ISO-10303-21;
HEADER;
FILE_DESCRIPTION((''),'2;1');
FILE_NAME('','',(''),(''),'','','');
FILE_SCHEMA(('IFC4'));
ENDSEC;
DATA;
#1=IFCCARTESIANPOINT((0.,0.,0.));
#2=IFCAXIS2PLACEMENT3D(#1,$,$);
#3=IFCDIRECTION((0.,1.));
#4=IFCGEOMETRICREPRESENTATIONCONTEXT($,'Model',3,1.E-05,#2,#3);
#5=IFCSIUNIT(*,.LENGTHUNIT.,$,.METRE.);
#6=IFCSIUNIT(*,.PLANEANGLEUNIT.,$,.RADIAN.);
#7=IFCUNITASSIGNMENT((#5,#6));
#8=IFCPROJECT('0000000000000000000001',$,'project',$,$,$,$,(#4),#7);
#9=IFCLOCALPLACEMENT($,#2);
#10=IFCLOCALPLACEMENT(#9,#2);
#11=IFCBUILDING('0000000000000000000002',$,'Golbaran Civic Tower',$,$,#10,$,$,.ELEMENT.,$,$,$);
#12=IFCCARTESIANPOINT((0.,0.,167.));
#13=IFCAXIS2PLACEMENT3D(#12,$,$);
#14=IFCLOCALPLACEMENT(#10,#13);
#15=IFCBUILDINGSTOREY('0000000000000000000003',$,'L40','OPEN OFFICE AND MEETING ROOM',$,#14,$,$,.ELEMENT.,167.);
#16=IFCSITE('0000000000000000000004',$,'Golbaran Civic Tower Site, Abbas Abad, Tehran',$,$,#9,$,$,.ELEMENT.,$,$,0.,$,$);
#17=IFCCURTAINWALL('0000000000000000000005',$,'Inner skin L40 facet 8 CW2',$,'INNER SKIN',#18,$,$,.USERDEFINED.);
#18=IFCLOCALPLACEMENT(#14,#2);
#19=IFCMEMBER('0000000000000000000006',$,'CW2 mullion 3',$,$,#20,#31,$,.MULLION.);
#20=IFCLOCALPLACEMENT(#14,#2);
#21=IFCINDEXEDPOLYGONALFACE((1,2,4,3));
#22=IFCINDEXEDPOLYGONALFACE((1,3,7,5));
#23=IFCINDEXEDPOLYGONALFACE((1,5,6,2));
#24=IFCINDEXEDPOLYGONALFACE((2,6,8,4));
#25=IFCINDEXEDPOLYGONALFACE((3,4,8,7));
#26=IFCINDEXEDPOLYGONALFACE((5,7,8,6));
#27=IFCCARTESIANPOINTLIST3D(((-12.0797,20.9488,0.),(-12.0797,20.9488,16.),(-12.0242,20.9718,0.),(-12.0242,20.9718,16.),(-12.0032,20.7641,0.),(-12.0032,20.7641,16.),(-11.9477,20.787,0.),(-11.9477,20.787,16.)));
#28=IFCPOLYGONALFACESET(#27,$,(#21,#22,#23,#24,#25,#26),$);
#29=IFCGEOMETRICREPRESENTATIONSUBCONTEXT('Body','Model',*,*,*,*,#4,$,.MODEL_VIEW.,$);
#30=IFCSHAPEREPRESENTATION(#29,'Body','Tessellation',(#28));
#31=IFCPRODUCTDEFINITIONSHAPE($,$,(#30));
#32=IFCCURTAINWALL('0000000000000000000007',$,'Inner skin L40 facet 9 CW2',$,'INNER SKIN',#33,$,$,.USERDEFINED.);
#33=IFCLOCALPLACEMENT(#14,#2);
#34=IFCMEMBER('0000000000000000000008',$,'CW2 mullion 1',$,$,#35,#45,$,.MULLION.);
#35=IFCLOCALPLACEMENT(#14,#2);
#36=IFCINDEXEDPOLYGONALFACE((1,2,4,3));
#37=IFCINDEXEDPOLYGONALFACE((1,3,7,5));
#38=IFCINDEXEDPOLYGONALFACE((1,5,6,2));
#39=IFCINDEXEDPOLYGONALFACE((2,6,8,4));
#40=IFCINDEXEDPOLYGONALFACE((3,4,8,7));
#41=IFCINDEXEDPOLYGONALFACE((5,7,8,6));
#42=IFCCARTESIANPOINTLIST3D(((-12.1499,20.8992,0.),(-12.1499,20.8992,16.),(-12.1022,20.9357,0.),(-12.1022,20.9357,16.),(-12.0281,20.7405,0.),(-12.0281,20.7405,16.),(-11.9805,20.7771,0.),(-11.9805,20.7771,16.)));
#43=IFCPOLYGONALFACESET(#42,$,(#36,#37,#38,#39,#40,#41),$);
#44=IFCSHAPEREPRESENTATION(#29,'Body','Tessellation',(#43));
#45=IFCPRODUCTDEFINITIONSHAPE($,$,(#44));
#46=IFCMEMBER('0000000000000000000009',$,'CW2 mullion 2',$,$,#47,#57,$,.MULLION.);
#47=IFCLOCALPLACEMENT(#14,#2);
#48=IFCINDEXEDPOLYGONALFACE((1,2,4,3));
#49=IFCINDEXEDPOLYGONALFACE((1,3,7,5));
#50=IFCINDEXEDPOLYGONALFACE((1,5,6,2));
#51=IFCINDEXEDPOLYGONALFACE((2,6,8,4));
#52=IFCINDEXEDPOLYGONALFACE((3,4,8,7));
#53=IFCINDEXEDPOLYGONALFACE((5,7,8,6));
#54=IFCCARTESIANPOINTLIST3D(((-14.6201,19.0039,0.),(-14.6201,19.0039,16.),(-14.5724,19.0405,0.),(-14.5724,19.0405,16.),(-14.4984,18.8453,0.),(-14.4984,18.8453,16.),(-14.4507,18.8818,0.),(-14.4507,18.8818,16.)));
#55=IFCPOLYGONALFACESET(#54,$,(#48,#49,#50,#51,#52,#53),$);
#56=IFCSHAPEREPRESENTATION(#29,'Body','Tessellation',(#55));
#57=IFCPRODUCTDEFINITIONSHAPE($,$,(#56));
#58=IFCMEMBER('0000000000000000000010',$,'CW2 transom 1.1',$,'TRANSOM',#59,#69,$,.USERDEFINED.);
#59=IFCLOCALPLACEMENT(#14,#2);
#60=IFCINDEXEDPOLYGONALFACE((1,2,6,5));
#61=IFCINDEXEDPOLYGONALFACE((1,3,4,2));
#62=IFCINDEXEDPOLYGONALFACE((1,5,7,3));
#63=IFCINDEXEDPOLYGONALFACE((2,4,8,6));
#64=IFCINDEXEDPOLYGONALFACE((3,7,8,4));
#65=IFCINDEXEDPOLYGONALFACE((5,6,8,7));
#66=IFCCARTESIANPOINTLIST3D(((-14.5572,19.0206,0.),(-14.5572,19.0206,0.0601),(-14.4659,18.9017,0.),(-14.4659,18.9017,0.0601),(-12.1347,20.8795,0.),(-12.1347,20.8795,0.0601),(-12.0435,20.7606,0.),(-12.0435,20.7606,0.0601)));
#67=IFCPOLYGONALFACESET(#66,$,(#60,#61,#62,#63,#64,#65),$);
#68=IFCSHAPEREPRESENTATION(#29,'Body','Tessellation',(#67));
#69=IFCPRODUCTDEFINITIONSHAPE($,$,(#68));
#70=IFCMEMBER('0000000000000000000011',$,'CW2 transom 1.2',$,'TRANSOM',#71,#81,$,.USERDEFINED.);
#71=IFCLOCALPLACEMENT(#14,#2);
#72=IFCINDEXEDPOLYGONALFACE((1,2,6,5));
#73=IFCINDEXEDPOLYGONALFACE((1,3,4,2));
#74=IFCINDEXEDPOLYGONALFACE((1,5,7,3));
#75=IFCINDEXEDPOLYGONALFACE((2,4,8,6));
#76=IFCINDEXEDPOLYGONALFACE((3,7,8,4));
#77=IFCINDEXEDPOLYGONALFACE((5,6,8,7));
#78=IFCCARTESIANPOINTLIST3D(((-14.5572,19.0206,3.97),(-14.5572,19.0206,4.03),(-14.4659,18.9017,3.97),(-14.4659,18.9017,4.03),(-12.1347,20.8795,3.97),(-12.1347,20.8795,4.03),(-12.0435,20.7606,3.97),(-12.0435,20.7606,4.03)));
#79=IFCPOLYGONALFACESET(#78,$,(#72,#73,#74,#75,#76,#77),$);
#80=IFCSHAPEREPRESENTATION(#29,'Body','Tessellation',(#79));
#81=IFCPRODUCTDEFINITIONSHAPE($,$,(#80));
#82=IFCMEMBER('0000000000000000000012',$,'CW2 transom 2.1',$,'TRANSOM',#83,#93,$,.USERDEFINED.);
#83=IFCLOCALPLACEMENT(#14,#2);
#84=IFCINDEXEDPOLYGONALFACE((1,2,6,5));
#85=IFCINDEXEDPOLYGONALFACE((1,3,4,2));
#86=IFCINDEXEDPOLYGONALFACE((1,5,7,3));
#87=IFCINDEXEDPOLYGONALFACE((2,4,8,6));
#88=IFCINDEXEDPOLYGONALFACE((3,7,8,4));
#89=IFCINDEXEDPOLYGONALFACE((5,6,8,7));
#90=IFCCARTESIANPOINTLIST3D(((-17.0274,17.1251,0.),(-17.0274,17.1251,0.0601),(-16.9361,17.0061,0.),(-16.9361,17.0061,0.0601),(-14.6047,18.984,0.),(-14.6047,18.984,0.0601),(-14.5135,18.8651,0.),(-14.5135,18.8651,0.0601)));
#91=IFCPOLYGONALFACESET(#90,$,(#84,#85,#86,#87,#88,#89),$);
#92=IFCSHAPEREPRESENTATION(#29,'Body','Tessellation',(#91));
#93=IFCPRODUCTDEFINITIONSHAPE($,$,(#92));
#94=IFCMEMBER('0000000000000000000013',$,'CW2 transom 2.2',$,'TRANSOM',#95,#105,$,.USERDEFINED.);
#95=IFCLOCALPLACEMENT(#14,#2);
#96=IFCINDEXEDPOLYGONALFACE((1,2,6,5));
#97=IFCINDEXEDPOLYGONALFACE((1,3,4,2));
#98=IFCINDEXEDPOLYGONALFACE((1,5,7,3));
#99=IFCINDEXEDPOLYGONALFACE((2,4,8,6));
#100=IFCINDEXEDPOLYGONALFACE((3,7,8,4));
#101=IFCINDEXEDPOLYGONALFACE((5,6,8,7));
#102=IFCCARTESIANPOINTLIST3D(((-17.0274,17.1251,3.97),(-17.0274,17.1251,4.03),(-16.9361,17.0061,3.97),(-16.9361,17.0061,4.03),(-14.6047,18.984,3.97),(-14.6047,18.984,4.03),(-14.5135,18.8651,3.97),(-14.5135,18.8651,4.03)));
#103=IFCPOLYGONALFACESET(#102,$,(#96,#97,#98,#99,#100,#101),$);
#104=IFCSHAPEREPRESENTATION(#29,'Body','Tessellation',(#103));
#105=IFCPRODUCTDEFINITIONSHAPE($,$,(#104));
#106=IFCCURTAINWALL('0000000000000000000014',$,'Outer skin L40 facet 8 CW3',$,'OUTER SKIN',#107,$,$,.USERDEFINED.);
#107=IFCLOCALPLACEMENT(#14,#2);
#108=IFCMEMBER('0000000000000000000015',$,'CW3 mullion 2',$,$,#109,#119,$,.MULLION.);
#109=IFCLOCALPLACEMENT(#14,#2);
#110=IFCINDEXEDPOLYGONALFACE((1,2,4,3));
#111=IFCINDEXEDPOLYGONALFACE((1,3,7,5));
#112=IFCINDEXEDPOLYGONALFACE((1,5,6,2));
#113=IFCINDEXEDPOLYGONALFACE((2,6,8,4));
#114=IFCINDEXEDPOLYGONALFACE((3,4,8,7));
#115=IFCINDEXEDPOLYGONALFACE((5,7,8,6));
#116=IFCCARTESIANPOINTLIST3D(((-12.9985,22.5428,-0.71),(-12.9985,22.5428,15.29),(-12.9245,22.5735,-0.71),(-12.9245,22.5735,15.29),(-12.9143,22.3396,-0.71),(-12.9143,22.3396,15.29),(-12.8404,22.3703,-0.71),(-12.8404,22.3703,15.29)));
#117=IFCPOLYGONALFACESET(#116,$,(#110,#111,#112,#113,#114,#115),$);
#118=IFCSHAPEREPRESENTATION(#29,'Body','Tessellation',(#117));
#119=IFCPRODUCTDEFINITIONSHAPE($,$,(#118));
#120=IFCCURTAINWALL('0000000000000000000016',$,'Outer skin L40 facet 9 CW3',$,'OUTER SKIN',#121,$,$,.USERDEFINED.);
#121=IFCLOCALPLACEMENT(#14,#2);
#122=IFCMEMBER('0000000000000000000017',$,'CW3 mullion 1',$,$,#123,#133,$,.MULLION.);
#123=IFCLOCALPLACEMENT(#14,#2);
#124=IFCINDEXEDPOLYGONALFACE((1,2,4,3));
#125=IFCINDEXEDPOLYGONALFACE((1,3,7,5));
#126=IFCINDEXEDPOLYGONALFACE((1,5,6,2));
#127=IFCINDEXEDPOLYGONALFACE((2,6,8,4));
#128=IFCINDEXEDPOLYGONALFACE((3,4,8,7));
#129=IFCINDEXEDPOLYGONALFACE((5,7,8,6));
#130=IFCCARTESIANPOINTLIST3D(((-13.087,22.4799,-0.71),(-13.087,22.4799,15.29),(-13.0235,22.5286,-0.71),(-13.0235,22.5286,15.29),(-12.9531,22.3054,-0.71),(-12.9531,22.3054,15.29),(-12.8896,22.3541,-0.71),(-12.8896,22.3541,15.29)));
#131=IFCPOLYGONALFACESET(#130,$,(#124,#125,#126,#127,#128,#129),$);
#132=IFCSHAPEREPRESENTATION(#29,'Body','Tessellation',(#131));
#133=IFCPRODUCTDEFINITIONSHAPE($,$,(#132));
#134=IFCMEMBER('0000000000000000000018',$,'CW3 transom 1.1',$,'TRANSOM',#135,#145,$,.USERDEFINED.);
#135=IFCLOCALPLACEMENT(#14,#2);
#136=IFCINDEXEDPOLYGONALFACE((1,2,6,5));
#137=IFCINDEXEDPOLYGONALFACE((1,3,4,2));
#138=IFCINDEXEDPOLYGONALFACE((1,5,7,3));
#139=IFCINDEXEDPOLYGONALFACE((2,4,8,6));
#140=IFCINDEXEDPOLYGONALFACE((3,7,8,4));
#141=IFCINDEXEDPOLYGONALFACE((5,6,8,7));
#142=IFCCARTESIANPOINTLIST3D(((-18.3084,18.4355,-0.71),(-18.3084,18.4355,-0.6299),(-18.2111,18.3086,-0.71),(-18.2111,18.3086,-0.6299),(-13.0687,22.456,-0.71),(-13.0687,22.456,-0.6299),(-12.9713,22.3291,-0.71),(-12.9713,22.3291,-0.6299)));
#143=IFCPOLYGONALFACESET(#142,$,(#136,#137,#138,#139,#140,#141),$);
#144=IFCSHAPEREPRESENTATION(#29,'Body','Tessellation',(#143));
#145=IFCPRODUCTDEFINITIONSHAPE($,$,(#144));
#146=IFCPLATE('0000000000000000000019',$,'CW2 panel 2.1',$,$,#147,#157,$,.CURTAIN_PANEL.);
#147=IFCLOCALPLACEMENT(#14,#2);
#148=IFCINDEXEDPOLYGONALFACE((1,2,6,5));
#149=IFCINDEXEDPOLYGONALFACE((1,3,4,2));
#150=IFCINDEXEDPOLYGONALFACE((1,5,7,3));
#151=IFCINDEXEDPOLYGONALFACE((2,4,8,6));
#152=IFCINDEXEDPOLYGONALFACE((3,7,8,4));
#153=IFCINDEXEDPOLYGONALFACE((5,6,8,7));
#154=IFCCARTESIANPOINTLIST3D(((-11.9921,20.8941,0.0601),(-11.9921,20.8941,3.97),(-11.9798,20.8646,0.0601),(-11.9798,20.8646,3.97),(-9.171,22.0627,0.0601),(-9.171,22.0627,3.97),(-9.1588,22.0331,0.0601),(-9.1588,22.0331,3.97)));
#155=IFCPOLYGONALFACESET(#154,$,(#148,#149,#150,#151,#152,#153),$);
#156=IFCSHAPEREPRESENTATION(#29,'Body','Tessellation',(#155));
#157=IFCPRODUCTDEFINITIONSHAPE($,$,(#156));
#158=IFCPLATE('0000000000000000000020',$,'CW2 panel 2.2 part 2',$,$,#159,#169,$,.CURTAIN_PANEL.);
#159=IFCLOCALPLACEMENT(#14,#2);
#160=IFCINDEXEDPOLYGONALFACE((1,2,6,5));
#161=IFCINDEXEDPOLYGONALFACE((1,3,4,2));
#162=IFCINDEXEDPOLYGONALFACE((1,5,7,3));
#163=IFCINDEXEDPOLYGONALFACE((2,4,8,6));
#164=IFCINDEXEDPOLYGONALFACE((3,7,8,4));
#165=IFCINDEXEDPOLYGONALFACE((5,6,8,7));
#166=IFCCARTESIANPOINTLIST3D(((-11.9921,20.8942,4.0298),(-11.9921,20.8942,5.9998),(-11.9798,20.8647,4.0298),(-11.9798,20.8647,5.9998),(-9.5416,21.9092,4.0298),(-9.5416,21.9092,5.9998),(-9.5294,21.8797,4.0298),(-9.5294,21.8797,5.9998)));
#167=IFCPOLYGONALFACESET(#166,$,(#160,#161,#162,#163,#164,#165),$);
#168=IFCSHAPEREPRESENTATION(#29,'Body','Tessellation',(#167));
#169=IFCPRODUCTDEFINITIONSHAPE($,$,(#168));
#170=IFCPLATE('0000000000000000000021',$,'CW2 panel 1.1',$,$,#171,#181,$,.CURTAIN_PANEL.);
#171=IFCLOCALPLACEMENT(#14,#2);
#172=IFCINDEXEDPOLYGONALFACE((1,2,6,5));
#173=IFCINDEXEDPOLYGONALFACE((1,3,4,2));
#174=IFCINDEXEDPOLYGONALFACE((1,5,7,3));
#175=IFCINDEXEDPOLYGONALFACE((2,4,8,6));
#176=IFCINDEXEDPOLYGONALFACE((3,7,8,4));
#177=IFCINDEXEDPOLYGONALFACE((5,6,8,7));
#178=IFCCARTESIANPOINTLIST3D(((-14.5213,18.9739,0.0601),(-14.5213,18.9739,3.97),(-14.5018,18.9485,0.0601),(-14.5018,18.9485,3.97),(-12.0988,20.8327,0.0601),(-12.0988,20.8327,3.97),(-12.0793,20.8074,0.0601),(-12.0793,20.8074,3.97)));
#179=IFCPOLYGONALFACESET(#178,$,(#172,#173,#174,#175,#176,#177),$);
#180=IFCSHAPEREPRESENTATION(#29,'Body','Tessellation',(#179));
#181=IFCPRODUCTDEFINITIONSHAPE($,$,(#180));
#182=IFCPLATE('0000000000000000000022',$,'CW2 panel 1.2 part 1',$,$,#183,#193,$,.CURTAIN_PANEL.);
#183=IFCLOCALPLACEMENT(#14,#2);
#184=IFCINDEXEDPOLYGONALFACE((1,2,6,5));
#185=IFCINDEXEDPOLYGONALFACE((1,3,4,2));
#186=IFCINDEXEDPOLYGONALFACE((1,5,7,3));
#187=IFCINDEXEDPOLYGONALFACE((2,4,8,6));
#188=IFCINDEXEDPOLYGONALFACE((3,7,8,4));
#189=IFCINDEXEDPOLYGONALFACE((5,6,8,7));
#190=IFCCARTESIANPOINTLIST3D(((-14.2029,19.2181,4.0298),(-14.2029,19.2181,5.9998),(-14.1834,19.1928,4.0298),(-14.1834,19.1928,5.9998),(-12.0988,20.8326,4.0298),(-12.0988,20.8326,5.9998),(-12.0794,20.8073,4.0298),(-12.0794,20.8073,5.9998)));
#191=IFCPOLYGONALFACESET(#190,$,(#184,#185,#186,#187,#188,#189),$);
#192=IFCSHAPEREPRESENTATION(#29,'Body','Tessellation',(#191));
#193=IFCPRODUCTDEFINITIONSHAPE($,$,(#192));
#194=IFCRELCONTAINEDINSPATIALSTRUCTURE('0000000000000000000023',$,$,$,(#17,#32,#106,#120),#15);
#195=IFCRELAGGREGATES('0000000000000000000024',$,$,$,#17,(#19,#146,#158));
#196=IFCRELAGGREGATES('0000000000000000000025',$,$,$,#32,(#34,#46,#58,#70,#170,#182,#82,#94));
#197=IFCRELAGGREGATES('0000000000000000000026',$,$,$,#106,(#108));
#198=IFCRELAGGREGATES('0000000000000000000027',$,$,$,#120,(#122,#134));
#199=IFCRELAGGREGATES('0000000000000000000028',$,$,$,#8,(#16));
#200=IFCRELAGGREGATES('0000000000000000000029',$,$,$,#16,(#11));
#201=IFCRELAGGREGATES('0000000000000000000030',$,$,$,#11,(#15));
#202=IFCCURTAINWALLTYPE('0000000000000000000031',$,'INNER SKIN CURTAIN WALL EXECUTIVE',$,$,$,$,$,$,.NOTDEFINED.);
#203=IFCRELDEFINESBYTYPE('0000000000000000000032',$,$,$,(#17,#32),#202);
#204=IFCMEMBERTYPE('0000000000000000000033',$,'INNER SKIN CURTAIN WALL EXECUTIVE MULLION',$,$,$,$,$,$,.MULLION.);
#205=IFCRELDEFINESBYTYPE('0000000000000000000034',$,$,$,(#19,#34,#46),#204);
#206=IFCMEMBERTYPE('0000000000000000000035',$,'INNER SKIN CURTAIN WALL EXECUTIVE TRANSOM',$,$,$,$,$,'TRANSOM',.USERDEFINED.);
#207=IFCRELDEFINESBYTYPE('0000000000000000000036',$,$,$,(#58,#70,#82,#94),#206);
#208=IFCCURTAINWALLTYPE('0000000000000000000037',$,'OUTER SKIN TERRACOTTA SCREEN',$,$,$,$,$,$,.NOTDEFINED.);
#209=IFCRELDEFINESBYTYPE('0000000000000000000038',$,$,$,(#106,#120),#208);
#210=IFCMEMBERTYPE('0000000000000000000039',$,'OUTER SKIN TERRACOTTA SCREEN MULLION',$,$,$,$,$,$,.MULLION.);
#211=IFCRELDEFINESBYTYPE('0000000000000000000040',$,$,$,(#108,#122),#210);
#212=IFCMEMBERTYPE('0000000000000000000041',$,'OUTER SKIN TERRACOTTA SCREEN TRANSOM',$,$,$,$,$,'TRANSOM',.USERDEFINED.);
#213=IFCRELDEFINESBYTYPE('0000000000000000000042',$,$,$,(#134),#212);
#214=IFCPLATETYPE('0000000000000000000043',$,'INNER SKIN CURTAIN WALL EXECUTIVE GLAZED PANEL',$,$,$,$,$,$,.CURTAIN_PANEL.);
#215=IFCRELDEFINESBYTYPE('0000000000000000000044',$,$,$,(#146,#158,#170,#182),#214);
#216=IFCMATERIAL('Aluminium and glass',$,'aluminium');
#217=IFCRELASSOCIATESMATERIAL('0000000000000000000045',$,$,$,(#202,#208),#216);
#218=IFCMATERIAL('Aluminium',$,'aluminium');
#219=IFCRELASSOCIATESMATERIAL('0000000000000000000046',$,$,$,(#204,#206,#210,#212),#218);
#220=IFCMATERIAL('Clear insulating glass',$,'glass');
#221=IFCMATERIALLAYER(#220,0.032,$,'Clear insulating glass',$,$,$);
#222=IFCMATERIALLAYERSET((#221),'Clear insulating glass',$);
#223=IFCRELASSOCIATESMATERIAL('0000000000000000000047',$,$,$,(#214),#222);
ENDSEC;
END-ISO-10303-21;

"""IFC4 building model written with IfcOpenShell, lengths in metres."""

from ifc_helpers import new_model, si_unit, direction, frame, origin, origin_2d, place, context, subcontext, project, spatial, rectangle, extrude, material, layer, layer_set, material_profile, profile_set, type_object, element, aggregate, save


model = new_model("IFC4")

# Units and contexts
model_context = context("Model", 3, precision=1e-05, world=origin(), true_north=direction((0.0, 1.0)))
body_context = subcontext(model_context, "Body", "Model", "MODEL_VIEW")
ifc_project = project(units=[si_unit("LENGTHUNIT", "METRE"), si_unit("PLANEANGLEUNIT", "RADIAN")], contexts=[model_context])

# Site, building, storey
site_placement = place(None, origin())
site = spatial("IfcSite", under=ifc_project, at=site_placement, Name="Golbaran Civic Tower Site, Abbas Abad, Tehran", CompositionType="ELEMENT", RefElevation=0.0)
building_placement = place(site_placement, origin())
building = spatial("IfcBuilding", under=site, at=building_placement, Name="Golbaran Civic Tower", CompositionType="ELEMENT")
storey_placement = place(building_placement, frame((0.0, 0.0, 167.0)))
storey = spatial("IfcBuildingStorey", under=building, at=storey_placement, Name="L40", Description="OPEN OFFICE AND MEETING ROOM", CompositionType="ELEMENT", Elevation=167.0)

# Curtain wall, member
ifc_material_1 = material(Name="Aluminium and glass", Category="aluminium")
curtain_wall_type_1 = type_object("IfcCurtainWallType", Name="INNER SKIN CURTAIN WALL EXECUTIVE", PredefinedType="NOTDEFINED", material=ifc_material_1)
curtain_wall_1_placement = place(storey_placement, origin())
curtain_wall_1 = element("IfcCurtainWall", 1, at=curtain_wall_1_placement, inside=storey, type_object=curtain_wall_type_1, Name="Inner skin L40 facet 8 CW2", ObjectType="INNER SKIN", PredefinedType="USERDEFINED")
ifc_material_2 = material(Name="Aluminium", Category="aluminium")
ifc_material_profile_1 = material_profile(ifc_material_2, rectangle(XDim=0.2, YDim=0.0601, at=origin_2d()), Name="INNER SKIN CURTAIN WALL EXECUTIVE MULLION")
ifc_profile_set_1 = profile_set([ifc_material_profile_1], Name="Aluminium")
member_type_1 = type_object("IfcMemberType", Name="INNER SKIN CURTAIN WALL EXECUTIVE MULLION", PredefinedType="MULLION", material=ifc_profile_set_1)
member_1_placement = place(storey_placement, frame((-12.0137, 20.8679, 0.0), z_axis=(0.0, 0.0, 1.0), x_axis=(0.382683, -0.92388, 0.0)))
member_1 = element("IfcMember", 2, at=member_1_placement, type_object=member_type_1, Name="CW2 mullion 3", PredefinedType="MULLION", context=body_context, shape_type="SweptSolid", body=[
    extrude(rectangle(XDim=0.2, YDim=0.0601, at=origin_2d()), origin(), (0.0, 0.0, 1.0), 16.0),
])

# Curtain wall, members
curtain_wall_2_placement = place(storey_placement, origin())
curtain_wall_2 = element("IfcCurtainWall", 3, at=curtain_wall_2_placement, inside=storey, type_object=curtain_wall_type_1, Name="Inner skin L40 facet 9 CW2", ObjectType="INNER SKIN", PredefinedType="USERDEFINED")
member_2_placement = place(storey_placement, frame((-12.0652, 20.8381, 0.0), z_axis=(0.0, 0.0, 1.0), x_axis=(0.608761, -0.793353, 0.0)))
member_2 = element("IfcMember", 4, at=member_2_placement, type_object=member_type_1, Name="CW2 mullion 1", PredefinedType="MULLION", context=body_context, shape_type="SweptSolid", body=[
    extrude(rectangle(XDim=0.2, YDim=0.0601, at=origin_2d()), origin(), (0.0, 0.0, 1.0), 16.0),
])
member_3_placement = place(storey_placement, frame((-14.5354, 18.9429, 0.0), z_axis=(0.0, 0.0, 1.0), x_axis=(0.608761, -0.793353, 0.0)))
member_3 = element("IfcMember", 5, at=member_3_placement, type_object=member_type_1, Name="CW2 mullion 2", PredefinedType="MULLION", context=body_context, shape_type="SweptSolid", body=[
    extrude(rectangle(XDim=0.2, YDim=0.0601, at=origin_2d()), origin(), (0.0, 0.0, 1.0), 16.0),
])
ifc_material_profile_2 = material_profile(ifc_material_2, rectangle(XDim=0.1499, YDim=0.0601, at=origin_2d()), Name="INNER SKIN CURTAIN WALL EXECUTIVE TRANSOM")
ifc_profile_set_2 = profile_set([ifc_material_profile_2], Name="Aluminium")
member_type_2 = type_object("IfcMemberType", Name="INNER SKIN CURTAIN WALL EXECUTIVE TRANSOM", ElementType="TRANSOM", PredefinedType="USERDEFINED", material=ifc_profile_set_2)
member_4_placement = place(storey_placement, frame((-12.0891, 20.8201, 0.03), z_axis=(-0.793331, -0.608791, 0.0), x_axis=(0.608791, -0.793331, 0.0)))
member_4 = element("IfcMember", 6, at=member_4_placement, type_object=member_type_2, Name="CW2 transom 1.1", ObjectType="TRANSOM", PredefinedType="USERDEFINED", context=body_context, shape_type="SweptSolid", body=[
    extrude(rectangle(XDim=0.1499, YDim=0.0601, at=origin_2d()), origin(), (0.0, 0.0, 1.0), 3.0535),
])
member_5_placement = place(storey_placement, frame((-12.0891, 20.8201, 4.0), z_axis=(-0.793331, -0.608791, 0.0), x_axis=(0.608791, -0.793331, 0.0)))
member_5 = element("IfcMember", 7, at=member_5_placement, type_object=member_type_2, Name="CW2 transom 1.2", ObjectType="TRANSOM", PredefinedType="USERDEFINED", context=body_context, shape_type="SweptSolid", body=[
    extrude(rectangle(XDim=0.1499, YDim=0.0601, at=origin_2d()), origin(), (0.0, 0.0, 1.0), 3.0535),
])
member_6_placement = place(storey_placement, frame((-14.5591, 18.9246, 0.03), z_axis=(-0.793361, -0.608752, 0.0), x_axis=(0.608752, -0.793361, 0.0)))
member_6 = element("IfcMember", 8, at=member_6_placement, type_object=member_type_2, Name="CW2 transom 2.1", ObjectType="TRANSOM", PredefinedType="USERDEFINED", context=body_context, shape_type="SweptSolid", body=[
    extrude(rectangle(XDim=0.1499, YDim=0.0601, at=origin_2d()), origin(), (0.0, 0.0, 1.0), 3.0537),
])
member_7_placement = place(storey_placement, frame((-14.5591, 18.9246, 4.0), z_axis=(-0.793361, -0.608752, 0.0), x_axis=(0.608752, -0.793361, 0.0)))
member_7 = element("IfcMember", 9, at=member_7_placement, type_object=member_type_2, Name="CW2 transom 2.2", ObjectType="TRANSOM", PredefinedType="USERDEFINED", context=body_context, shape_type="SweptSolid", body=[
    extrude(rectangle(XDim=0.1499, YDim=0.0601, at=origin_2d()), origin(), (0.0, 0.0, 1.0), 3.0537),
])

# Curtain wall, member
curtain_wall_type_2 = type_object("IfcCurtainWallType", Name="OUTER SKIN TERRACOTTA SCREEN", PredefinedType="NOTDEFINED", material=ifc_material_1)
curtain_wall_3_placement = place(storey_placement, origin())
curtain_wall_3 = element("IfcCurtainWall", 10, at=curtain_wall_3_placement, inside=storey, type_object=curtain_wall_type_2, Name="Outer skin L40 facet 8 CW3", ObjectType="OUTER SKIN", PredefinedType="USERDEFINED")
ifc_material_profile_3 = material_profile(ifc_material_2, rectangle(XDim=0.22, YDim=0.0801, at=origin_2d()), Name="OUTER SKIN TERRACOTTA SCREEN MULLION")
ifc_profile_set_3 = profile_set([ifc_material_profile_3], Name="Aluminium")
member_type_3 = type_object("IfcMemberType", Name="OUTER SKIN TERRACOTTA SCREEN MULLION", PredefinedType="MULLION", material=ifc_profile_set_3)
member_8_placement = place(storey_placement, frame((-12.9194, 22.4565, -0.71), z_axis=(0.0, 0.0, 1.0), x_axis=(0.382683, -0.92388, 0.0)))
member_8 = element("IfcMember", 11, at=member_8_placement, type_object=member_type_3, Name="CW3 mullion 2", PredefinedType="MULLION", context=body_context, shape_type="SweptSolid", body=[
    extrude(rectangle(XDim=0.22, YDim=0.0801, at=origin_2d()), origin(), (0.0, 0.0, 1.0), 16.0),
])

# Curtain wall, members
curtain_wall_4_placement = place(storey_placement, origin())
curtain_wall_4 = element("IfcCurtainWall", 12, at=curtain_wall_4_placement, inside=storey, type_object=curtain_wall_type_2, Name="Outer skin L40 facet 9 CW3", ObjectType="OUTER SKIN", PredefinedType="USERDEFINED")
member_9_placement = place(storey_placement, frame((-12.9883, 22.417, -0.71), z_axis=(0.0, 0.0, 1.0), x_axis=(0.608761, -0.793353, 0.0)))
member_9 = element("IfcMember", 13, at=member_9_placement, type_object=member_type_3, Name="CW3 mullion 1", PredefinedType="MULLION", context=body_context, shape_type="SweptSolid", body=[
    extrude(rectangle(XDim=0.22, YDim=0.0801, at=origin_2d()), origin(), (0.0, 0.0, 1.0), 16.0),
])
ifc_material_profile_4 = material_profile(ifc_material_2, rectangle(XDim=0.1599, YDim=0.0801, at=origin_2d()), Name="OUTER SKIN TERRACOTTA SCREEN TRANSOM")
ifc_profile_set_4 = profile_set([ifc_material_profile_4], Name="Aluminium")
member_type_4 = type_object("IfcMemberType", Name="OUTER SKIN TERRACOTTA SCREEN TRANSOM", ElementType="TRANSOM", PredefinedType="USERDEFINED", material=ifc_profile_set_4)
member_10_placement = place(storey_placement, frame((-13.02, 22.3926, -0.6699), z_axis=(-0.79336, -0.608753, 0.0), x_axis=(0.608753, -0.79336, 0.0)))
member_10 = element("IfcMember", 14, at=member_10_placement, type_object=member_type_4, Name="CW3 transom 1.1", ObjectType="TRANSOM", PredefinedType="USERDEFINED", context=body_context, shape_type="SweptSolid", body=[
    extrude(rectangle(XDim=0.1599, YDim=0.0801, at=origin_2d()), origin(), (0.0, 0.0, 1.0), 6.6045),
])

# Plates
ifc_material_3 = material(Name="Clear insulating glass", Category="glass")
ifc_layer_1 = layer(ifc_material_3, 0.032, Name="Clear insulating glass")
ifc_layer_set_1 = layer_set([ifc_layer_1], Name="Clear insulating glass")
plate_type_1 = type_object("IfcPlateType", Name="INNER SKIN CURTAIN WALL EXECUTIVE GLAZED PANEL", PredefinedType="CURTAIN_PANEL", material=ifc_layer_set_1)
plate_1_placement = place(storey_placement, frame((-10.5754, 21.4636, 0.0601), z_axis=(0.0, 0.0, 1.0), x_axis=(-0.92388, -0.382683, 0.0)))
plate_1 = element("IfcPlate", 15, at=plate_1_placement, type_object=plate_type_1, Name="CW2 panel 2.1", PredefinedType="CURTAIN_PANEL", context=body_context, shape_type="SweptSolid", body=[
    extrude(rectangle(XDim=3.0535, YDim=0.032, at=origin_2d()), origin(), (0.0, 0.0, 1.0), 3.9099),
])
plate_2_placement = place(storey_placement, frame((-10.7607, 21.387, 4.0298), z_axis=(0.0, 0.0, 1.0), x_axis=(-0.92388, -0.382683, 0.0)))
plate_2 = element("IfcPlate", 16, at=plate_2_placement, type_object=plate_type_1, Name="CW2 panel 2.2 part 2", PredefinedType="CURTAIN_PANEL", context=body_context, shape_type="SweptSolid", body=[
    extrude(rectangle(XDim=2.6523, YDim=0.032, at=origin_2d()), origin(), (0.0, 0.0, 1.0), 1.97),
])
aggregate(curtain_wall_1, [member_1, plate_1, plate_2])
plate_3_placement = place(storey_placement, frame((-13.3003, 19.8906, 0.0601), z_axis=(0.0, 0.0, 1.0), x_axis=(-0.793353, -0.608761, 0.0)))
plate_3 = element("IfcPlate", 17, at=plate_3_placement, type_object=plate_type_1, Name="CW2 panel 1.1", PredefinedType="CURTAIN_PANEL", context=body_context, shape_type="SweptSolid", body=[
    extrude(rectangle(XDim=3.0535, YDim=0.032, at=origin_2d()), origin(), (0.0, 0.0, 1.0), 3.9099),
])
plate_4_placement = place(storey_placement, frame((-13.1411, 20.0127, 4.0298), z_axis=(0.0, 0.0, 1.0), x_axis=(-0.793353, -0.608761, 0.0)))
plate_4 = element("IfcPlate", 18, at=plate_4_placement, type_object=plate_type_1, Name="CW2 panel 1.2 part 1", PredefinedType="CURTAIN_PANEL", context=body_context, shape_type="SweptSolid", body=[
    extrude(rectangle(XDim=2.6521, YDim=0.032, at=origin_2d()), origin(), (0.0, 0.0, 1.0), 1.97),
])
aggregate(curtain_wall_2, [member_2, member_3, member_4, member_5, plate_3, plate_4, member_6, member_7])
aggregate(curtain_wall_3, [member_8])
aggregate(curtain_wall_4, [member_9, member_10])

save(model, "model.ifc")
